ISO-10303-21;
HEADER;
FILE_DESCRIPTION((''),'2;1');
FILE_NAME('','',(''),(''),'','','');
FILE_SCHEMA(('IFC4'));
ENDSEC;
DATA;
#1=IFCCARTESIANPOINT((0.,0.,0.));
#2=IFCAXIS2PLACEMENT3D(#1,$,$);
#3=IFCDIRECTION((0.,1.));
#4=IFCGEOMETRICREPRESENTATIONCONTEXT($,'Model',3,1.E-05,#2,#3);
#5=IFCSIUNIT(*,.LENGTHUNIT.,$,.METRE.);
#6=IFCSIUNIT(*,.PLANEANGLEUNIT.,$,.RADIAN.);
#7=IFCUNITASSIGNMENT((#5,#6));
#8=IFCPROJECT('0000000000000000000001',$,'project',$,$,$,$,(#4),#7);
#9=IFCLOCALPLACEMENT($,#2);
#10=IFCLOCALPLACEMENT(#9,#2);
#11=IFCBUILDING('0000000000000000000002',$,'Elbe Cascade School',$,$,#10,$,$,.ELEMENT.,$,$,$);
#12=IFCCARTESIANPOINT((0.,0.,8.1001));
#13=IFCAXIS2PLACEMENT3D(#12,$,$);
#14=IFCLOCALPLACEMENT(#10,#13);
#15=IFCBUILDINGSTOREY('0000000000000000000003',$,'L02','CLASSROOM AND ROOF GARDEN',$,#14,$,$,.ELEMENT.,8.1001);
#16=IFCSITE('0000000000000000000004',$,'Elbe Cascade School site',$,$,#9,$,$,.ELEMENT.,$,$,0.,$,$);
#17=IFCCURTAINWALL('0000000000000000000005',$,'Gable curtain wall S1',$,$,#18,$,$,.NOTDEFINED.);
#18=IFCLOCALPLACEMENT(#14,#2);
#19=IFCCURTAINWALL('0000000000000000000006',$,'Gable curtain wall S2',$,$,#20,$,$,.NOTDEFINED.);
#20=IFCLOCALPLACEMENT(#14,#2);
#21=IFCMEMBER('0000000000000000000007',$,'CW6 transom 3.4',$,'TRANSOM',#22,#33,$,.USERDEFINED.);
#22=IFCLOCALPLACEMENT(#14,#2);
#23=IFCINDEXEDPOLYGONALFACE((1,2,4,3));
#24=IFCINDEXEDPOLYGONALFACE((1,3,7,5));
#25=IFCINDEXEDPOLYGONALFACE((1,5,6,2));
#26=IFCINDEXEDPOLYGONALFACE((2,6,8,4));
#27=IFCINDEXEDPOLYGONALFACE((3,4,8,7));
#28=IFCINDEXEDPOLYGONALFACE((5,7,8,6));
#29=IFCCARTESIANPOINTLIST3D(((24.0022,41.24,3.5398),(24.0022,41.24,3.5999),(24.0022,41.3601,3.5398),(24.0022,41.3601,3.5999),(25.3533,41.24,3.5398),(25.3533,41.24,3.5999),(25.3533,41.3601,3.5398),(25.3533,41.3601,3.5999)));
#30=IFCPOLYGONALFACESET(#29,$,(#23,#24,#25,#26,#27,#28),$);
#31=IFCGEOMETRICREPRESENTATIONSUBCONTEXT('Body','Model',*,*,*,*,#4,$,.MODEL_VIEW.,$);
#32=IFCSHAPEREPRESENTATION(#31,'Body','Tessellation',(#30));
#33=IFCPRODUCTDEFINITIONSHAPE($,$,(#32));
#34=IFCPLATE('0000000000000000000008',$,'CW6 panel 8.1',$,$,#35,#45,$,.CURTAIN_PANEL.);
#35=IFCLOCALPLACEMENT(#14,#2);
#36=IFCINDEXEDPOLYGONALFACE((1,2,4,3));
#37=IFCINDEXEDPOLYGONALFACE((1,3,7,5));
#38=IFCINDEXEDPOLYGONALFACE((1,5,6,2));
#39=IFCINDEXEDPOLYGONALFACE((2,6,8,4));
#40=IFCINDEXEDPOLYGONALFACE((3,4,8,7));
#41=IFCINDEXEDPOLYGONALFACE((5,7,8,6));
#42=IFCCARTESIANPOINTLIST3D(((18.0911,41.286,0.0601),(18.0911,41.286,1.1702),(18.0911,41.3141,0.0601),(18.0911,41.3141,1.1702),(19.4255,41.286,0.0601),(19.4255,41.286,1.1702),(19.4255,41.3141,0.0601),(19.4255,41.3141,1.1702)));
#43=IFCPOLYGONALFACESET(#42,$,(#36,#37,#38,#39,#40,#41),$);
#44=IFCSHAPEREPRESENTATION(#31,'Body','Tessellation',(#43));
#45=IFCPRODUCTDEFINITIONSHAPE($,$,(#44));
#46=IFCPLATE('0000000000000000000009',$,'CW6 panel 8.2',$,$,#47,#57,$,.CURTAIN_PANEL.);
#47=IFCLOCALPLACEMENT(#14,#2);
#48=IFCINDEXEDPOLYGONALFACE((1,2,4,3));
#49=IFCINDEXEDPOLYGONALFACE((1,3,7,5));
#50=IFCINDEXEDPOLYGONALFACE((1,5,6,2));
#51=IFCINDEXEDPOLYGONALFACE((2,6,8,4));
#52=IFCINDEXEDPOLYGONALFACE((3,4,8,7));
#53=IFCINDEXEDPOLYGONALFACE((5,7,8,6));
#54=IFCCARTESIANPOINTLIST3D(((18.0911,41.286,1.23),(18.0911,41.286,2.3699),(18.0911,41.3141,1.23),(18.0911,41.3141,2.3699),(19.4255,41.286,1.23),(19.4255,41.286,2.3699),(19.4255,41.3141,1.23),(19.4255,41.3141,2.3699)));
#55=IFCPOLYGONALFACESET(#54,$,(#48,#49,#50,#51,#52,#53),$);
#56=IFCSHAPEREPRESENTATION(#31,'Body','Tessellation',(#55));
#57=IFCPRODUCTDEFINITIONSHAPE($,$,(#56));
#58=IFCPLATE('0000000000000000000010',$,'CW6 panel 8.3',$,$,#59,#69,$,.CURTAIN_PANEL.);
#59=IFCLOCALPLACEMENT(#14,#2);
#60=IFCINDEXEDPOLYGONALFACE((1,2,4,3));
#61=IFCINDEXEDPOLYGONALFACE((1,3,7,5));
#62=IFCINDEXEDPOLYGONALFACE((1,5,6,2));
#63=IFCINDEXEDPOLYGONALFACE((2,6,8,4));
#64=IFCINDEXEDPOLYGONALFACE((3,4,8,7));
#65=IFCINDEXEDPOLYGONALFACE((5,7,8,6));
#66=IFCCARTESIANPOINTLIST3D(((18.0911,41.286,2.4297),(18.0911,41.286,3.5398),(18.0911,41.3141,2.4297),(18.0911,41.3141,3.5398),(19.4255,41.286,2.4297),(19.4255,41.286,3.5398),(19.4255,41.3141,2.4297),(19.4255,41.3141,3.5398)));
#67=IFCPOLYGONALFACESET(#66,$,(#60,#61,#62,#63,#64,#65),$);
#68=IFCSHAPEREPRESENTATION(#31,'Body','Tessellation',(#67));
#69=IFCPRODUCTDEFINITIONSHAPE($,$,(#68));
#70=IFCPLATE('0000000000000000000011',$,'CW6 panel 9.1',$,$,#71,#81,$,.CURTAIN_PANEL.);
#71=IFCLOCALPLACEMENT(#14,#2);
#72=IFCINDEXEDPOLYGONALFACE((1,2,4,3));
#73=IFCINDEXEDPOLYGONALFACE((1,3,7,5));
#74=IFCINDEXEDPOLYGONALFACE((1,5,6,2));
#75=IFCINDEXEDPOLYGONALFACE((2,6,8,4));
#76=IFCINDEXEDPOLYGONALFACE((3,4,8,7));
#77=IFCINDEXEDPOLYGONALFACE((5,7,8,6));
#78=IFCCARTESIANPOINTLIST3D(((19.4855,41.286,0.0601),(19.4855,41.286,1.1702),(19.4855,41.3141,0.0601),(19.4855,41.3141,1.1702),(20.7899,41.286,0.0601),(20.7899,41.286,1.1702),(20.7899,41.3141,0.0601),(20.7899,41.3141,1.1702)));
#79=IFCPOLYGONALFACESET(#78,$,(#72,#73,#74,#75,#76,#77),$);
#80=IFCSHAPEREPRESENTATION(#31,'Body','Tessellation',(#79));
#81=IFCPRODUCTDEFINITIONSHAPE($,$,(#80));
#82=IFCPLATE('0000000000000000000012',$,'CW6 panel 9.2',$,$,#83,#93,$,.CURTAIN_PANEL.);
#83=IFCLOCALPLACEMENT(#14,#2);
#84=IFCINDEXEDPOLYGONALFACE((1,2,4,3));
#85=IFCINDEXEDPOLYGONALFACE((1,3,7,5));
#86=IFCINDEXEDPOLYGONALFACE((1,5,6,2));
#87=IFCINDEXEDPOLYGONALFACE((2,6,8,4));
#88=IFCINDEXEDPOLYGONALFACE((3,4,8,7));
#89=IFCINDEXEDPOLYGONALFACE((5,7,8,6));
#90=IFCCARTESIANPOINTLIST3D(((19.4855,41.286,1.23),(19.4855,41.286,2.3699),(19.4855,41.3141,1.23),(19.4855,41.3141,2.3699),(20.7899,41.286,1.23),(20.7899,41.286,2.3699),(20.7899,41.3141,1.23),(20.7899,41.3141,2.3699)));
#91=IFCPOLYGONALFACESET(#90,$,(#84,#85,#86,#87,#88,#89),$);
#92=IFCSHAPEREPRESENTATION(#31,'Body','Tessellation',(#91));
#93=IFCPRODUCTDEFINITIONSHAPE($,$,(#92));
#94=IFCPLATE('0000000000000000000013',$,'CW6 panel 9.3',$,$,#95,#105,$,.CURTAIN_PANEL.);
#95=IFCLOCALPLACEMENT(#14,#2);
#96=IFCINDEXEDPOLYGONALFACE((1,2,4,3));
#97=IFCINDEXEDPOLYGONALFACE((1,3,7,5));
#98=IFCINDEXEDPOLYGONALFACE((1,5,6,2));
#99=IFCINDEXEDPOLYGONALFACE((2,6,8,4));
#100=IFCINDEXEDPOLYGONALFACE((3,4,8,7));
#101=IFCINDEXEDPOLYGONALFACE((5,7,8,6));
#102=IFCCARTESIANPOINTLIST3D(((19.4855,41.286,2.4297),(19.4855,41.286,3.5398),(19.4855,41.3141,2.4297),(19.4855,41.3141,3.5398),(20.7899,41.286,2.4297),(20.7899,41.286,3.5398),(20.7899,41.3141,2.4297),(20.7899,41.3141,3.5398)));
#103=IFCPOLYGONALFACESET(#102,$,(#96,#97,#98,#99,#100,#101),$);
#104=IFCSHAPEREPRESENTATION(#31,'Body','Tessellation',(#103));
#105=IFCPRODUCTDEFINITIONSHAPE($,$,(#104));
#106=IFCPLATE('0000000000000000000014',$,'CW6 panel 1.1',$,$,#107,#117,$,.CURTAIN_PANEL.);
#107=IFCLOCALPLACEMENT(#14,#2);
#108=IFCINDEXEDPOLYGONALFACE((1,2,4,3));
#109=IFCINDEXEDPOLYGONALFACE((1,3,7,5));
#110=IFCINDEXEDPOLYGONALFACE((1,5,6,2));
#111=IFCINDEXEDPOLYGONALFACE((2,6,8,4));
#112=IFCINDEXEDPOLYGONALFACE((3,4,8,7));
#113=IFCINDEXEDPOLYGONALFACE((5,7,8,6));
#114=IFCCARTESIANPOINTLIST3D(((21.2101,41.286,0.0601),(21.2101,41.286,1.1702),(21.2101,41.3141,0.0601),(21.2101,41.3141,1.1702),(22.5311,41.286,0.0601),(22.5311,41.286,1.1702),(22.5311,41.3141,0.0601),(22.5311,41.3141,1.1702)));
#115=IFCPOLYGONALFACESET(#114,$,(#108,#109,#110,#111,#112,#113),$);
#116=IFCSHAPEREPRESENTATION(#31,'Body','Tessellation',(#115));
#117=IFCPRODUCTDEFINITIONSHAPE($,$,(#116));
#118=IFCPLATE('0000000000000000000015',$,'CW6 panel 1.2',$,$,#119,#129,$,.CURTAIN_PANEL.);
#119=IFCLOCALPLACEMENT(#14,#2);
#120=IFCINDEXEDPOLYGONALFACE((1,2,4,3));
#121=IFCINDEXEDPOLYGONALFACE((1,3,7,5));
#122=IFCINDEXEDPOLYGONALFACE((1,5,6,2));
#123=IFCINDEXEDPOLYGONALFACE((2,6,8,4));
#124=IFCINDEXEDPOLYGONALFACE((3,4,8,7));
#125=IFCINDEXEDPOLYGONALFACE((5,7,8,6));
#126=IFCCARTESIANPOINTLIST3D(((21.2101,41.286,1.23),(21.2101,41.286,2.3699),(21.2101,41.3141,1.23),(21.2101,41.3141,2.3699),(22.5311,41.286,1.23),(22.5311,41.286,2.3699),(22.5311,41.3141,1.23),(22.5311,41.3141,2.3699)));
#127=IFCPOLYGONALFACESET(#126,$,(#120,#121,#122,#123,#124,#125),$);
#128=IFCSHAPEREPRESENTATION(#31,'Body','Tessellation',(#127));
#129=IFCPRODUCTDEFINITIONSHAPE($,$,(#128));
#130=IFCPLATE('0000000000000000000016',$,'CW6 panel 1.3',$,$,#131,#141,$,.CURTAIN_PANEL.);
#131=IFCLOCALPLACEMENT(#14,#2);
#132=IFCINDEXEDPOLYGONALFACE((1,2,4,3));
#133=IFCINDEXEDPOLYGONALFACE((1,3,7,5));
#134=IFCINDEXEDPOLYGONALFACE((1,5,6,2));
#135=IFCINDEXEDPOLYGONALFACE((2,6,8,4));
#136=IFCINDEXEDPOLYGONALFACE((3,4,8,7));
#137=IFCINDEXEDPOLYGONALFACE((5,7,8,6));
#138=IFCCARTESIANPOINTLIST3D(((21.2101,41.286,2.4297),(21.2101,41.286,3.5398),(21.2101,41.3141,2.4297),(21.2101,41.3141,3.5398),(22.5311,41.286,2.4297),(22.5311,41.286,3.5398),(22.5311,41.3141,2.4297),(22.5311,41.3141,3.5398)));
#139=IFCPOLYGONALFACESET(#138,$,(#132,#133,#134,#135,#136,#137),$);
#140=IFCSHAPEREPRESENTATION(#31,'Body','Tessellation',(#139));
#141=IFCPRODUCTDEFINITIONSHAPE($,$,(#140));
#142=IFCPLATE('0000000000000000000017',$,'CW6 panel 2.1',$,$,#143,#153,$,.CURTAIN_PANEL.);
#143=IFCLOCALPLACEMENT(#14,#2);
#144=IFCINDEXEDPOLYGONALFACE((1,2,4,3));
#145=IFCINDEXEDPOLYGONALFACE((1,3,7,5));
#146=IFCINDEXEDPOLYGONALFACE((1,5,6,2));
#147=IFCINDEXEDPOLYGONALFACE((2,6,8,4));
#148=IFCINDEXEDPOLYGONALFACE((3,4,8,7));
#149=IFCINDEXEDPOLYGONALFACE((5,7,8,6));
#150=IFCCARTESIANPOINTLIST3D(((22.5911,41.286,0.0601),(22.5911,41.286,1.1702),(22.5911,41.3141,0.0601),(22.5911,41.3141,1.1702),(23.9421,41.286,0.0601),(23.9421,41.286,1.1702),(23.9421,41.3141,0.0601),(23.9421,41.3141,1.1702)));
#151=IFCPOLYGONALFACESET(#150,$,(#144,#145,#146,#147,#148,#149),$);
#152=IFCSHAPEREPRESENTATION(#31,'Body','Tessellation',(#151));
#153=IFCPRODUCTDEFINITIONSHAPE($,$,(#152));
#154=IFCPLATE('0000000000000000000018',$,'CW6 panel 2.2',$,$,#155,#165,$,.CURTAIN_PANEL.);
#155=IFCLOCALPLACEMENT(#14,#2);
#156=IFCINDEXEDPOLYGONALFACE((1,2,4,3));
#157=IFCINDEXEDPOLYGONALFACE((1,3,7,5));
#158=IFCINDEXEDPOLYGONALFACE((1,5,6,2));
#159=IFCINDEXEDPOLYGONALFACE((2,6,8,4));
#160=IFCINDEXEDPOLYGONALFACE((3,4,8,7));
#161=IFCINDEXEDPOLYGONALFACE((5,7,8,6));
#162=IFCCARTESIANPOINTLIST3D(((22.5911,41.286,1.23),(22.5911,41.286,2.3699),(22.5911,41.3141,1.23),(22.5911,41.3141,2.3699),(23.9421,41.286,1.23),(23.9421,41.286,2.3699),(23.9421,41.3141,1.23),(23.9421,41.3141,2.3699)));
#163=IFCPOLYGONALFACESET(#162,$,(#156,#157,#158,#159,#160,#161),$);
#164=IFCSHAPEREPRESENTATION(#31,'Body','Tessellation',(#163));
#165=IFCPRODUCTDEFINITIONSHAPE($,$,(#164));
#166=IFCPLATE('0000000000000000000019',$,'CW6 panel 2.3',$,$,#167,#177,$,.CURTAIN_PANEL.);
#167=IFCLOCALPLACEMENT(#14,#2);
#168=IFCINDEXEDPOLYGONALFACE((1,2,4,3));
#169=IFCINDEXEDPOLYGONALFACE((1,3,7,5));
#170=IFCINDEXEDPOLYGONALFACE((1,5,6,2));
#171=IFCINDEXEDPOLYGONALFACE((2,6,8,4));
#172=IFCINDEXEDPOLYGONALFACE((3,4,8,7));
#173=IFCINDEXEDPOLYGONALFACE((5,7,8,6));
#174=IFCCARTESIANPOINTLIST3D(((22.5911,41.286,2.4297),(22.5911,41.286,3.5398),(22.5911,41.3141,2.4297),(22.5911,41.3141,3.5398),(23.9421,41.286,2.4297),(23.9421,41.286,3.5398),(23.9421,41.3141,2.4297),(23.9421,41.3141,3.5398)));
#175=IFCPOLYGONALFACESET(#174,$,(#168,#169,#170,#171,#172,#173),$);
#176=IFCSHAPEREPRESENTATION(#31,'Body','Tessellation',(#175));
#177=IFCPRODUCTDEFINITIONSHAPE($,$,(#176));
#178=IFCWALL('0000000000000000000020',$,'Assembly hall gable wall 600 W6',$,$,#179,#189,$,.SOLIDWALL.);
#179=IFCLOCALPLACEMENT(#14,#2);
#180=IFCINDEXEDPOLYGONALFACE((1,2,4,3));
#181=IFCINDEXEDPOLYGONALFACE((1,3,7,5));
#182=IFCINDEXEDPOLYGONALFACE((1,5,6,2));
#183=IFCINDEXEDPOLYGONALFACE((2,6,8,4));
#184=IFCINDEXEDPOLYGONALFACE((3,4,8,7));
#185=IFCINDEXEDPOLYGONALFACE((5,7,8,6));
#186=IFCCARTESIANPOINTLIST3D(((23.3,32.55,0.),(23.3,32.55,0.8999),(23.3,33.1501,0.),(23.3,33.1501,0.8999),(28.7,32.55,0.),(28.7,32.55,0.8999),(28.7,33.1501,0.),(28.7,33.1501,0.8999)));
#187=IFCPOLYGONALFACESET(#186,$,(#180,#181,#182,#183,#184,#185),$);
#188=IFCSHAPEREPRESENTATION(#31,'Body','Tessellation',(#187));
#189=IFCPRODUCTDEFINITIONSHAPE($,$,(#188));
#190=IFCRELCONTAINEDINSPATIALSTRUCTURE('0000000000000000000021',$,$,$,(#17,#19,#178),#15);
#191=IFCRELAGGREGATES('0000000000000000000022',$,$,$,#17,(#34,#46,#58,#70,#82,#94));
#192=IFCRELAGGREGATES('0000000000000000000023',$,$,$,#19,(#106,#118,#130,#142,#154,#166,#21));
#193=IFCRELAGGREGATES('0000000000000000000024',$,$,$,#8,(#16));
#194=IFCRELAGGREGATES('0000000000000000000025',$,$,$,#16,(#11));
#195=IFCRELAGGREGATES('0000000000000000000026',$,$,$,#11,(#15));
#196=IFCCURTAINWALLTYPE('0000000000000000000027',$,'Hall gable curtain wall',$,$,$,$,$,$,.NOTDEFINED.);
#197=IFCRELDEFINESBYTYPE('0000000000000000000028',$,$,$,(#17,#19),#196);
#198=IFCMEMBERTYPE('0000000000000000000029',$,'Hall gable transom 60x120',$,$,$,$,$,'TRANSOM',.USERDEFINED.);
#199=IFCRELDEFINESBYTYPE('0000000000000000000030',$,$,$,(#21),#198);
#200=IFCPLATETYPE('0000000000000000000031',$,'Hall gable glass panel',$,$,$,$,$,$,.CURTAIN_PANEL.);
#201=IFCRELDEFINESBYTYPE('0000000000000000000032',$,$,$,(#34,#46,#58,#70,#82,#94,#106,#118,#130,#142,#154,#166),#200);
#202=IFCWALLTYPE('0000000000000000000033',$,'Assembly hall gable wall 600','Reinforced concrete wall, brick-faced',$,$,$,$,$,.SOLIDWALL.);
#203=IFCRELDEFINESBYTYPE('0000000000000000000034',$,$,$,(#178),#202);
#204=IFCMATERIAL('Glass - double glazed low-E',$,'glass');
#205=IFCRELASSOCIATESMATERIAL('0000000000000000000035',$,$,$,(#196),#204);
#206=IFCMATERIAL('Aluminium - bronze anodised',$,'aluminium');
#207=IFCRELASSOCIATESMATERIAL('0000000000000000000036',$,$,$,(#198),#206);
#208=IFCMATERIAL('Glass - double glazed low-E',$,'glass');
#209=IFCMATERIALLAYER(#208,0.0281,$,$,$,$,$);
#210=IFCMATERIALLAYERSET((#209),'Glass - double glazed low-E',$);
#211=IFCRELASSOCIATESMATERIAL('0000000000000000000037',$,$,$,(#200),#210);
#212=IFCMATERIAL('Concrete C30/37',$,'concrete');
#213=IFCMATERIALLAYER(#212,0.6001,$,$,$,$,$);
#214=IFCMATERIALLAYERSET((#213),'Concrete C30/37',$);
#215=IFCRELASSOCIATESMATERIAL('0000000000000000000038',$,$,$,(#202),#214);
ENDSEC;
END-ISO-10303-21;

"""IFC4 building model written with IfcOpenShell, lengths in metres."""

from ifc_helpers import new_model, si_unit, direction, frame, frame_2d, origin, origin_2d, place, context, subcontext, project, spatial, rectangle, extrude, material, layer, layer_set, material_profile, profile_set, type_object, element, aggregate, save


model = new_model("IFC4")

# Units and contexts
model_context = context("Model", 3, precision=1e-05, world=origin(), true_north=direction((0.0, 1.0)))
body_context = subcontext(model_context, "Body", "Model", "MODEL_VIEW")
ifc_project = project(units=[si_unit("LENGTHUNIT", "METRE"), si_unit("PLANEANGLEUNIT", "RADIAN")], contexts=[model_context])

# Site, building, storey
site_placement = place(None, origin())
site = spatial("IfcSite", under=ifc_project, at=site_placement, Name="Elbe Cascade School site", CompositionType="ELEMENT", RefElevation=0.0)
building_placement = place(site_placement, origin())
building = spatial("IfcBuilding", under=site, at=building_placement, Name="Elbe Cascade School", CompositionType="ELEMENT")
storey_placement = place(building_placement, frame((0.0, 0.0, 8.1001)))
storey = spatial("IfcBuildingStorey", under=building, at=storey_placement, Name="L02", Description="CLASSROOM AND ROOF GARDEN", CompositionType="ELEMENT", Elevation=8.1001)

# Curtain walls
ifc_material_1 = material(Name="Glass - double glazed low-E", Category="glass")
curtain_wall_type = type_object("IfcCurtainWallType", Name="Hall gable curtain wall", PredefinedType="NOTDEFINED", material=ifc_material_1)
curtain_wall_1_placement = place(storey_placement, origin())
curtain_wall_1 = element("IfcCurtainWall", 1, at=curtain_wall_1_placement, inside=storey, type_object=curtain_wall_type, Name="Gable curtain wall S1", PredefinedType="NOTDEFINED")
curtain_wall_2_placement = place(storey_placement, origin())
curtain_wall_2 = element("IfcCurtainWall", 2, at=curtain_wall_2_placement, inside=storey, type_object=curtain_wall_type, Name="Gable curtain wall S2", PredefinedType="NOTDEFINED")

# Member
ifc_material_2 = material(Name="Aluminium - bronze anodised", Category="aluminium")
ifc_material_profile_1 = material_profile(ifc_material_2, rectangle(XDim=0.1201, YDim=0.0601, at=origin_2d()), Name="Alu 60x120")
ifc_profile_set_1 = profile_set([ifc_material_profile_1], Name="Aluminium - bronze anodised")
member_type_1 = type_object("IfcMemberType", Name="Hall gable transom 60x120", ElementType="TRANSOM", PredefinedType="USERDEFINED", material=ifc_profile_set_1)
member_1_placement = place(storey_placement, frame((24.0022, 41.3, 3.5698), z_axis=(1.0, 0.0, 0.0), x_axis=(0.0, 1.0, 0.0)))
member_1 = element("IfcMember", 3, at=member_1_placement, type_object=member_type_1, Name="CW6 transom 3.4", ObjectType="TRANSOM", PredefinedType="USERDEFINED", context=body_context, shape_type="SweptSolid", body=[
    extrude(rectangle(XDim=0.1201, YDim=0.0601, at=origin_2d()), origin(), (0.0, 0.0, 1.0), 1.3511),
])

# Plates
ifc_material_3 = material(Name="Glass - double glazed low-E", Category="glass")
ifc_layer_1 = layer(ifc_material_3, 0.0281)
ifc_layer_set_1 = layer_set([ifc_layer_1], Name="Glass - double glazed low-E")
plate_type = type_object("IfcPlateType", Name="Hall gable glass panel", PredefinedType="CURTAIN_PANEL", material=ifc_layer_set_1)
plate_1_placement = place(storey_placement, frame((18.7583, 41.3, 0.0601), z_axis=(0.0, 0.0, 1.0), x_axis=(1.0, 0.0, 0.0)))
plate_1 = element("IfcPlate", 4, at=plate_1_placement, type_object=plate_type, Name="CW6 panel 8.1", PredefinedType="CURTAIN_PANEL", context=body_context, shape_type="SweptSolid", body=[
    extrude(rectangle(XDim=1.3345, YDim=0.0281, at=origin_2d()), origin(), (0.0, 0.0, 1.0), 1.1101),
])
plate_2_placement = place(storey_placement, frame((18.7583, 41.3, 1.23), z_axis=(0.0, 0.0, 1.0), x_axis=(1.0, 0.0, 0.0)))
plate_2 = element("IfcPlate", 5, at=plate_2_placement, type_object=plate_type, Name="CW6 panel 8.2", PredefinedType="CURTAIN_PANEL", context=body_context, shape_type="SweptSolid", body=[
    extrude(rectangle(XDim=1.3345, YDim=0.0281, at=origin_2d()), origin(), (0.0, 0.0, 1.0), 1.1399),
])
plate_3_placement = place(storey_placement, frame((18.7583, 41.3, 2.4297), z_axis=(0.0, 0.0, 1.0), x_axis=(1.0, 0.0, 0.0)))
plate_3 = element("IfcPlate", 6, at=plate_3_placement, type_object=plate_type, Name="CW6 panel 8.3", PredefinedType="CURTAIN_PANEL", context=body_context, shape_type="SweptSolid", body=[
    extrude(rectangle(XDim=1.3345, YDim=0.0281, at=origin_2d()), origin(), (0.0, 0.0, 1.0), 1.1101),
])
plate_4_placement = place(storey_placement, frame((20.1377, 41.3, 0.0601), z_axis=(0.0, 0.0, 1.0), x_axis=(1.0, 0.0, 0.0)))
plate_4 = element("IfcPlate", 7, at=plate_4_placement, type_object=plate_type, Name="CW6 panel 9.1", PredefinedType="CURTAIN_PANEL", context=body_context, shape_type="SweptSolid", body=[
    extrude(rectangle(XDim=1.3044, YDim=0.0281, at=origin_2d()), origin(), (0.0, 0.0, 1.0), 1.1101),
])
plate_5_placement = place(storey_placement, frame((20.1377, 41.3, 1.23), z_axis=(0.0, 0.0, 1.0), x_axis=(1.0, 0.0, 0.0)))
plate_5 = element("IfcPlate", 8, at=plate_5_placement, type_object=plate_type, Name="CW6 panel 9.2", PredefinedType="CURTAIN_PANEL", context=body_context, shape_type="SweptSolid", body=[
    extrude(rectangle(XDim=1.3044, YDim=0.0281, at=origin_2d()), origin(), (0.0, 0.0, 1.0), 1.1399),
])
plate_6_placement = place(storey_placement, frame((20.1377, 41.3, 2.4297), z_axis=(0.0, 0.0, 1.0), x_axis=(1.0, 0.0, 0.0)))
plate_6 = element("IfcPlate", 9, at=plate_6_placement, type_object=plate_type, Name="CW6 panel 9.3", PredefinedType="CURTAIN_PANEL", context=body_context, shape_type="SweptSolid", body=[
    extrude(rectangle(XDim=1.3044, YDim=0.0281, at=origin_2d()), origin(), (0.0, 0.0, 1.0), 1.1101),
])
aggregate(curtain_wall_1, [plate_1, plate_2, plate_3, plate_4, plate_5, plate_6])
plate_7_placement = place(storey_placement, frame((21.8706, 41.3, 0.0601), z_axis=(0.0, 0.0, 1.0), x_axis=(1.0, 0.0, 0.0)))
plate_7 = element("IfcPlate", 10, at=plate_7_placement, type_object=plate_type, Name="CW6 panel 1.1", PredefinedType="CURTAIN_PANEL", context=body_context, shape_type="SweptSolid", body=[
    extrude(rectangle(XDim=1.321, YDim=0.0281, at=origin_2d()), origin(), (0.0, 0.0, 1.0), 1.1101),
])
plate_8_placement = place(storey_placement, frame((21.8706, 41.3, 1.23), z_axis=(0.0, 0.0, 1.0), x_axis=(1.0, 0.0, 0.0)))
plate_8 = element("IfcPlate", 11, at=plate_8_placement, type_object=plate_type, Name="CW6 panel 1.2", PredefinedType="CURTAIN_PANEL", context=body_context, shape_type="SweptSolid", body=[
    extrude(rectangle(XDim=1.321, YDim=0.0281, at=origin_2d()), origin(), (0.0, 0.0, 1.0), 1.1399),
])
plate_9_placement = place(storey_placement, frame((21.8706, 41.3, 2.4297), z_axis=(0.0, 0.0, 1.0), x_axis=(1.0, 0.0, 0.0)))
plate_9 = element("IfcPlate", 12, at=plate_9_placement, type_object=plate_type, Name="CW6 panel 1.3", PredefinedType="CURTAIN_PANEL", context=body_context, shape_type="SweptSolid", body=[
    extrude(rectangle(XDim=1.321, YDim=0.0281, at=origin_2d()), origin(), (0.0, 0.0, 1.0), 1.1101),
])
plate_10_placement = place(storey_placement, frame((23.2666, 41.3, 0.0601), z_axis=(0.0, 0.0, 1.0), x_axis=(1.0, 0.0, 0.0)))
plate_10 = element("IfcPlate", 13, at=plate_10_placement, type_object=plate_type, Name="CW6 panel 2.1", PredefinedType="CURTAIN_PANEL", context=body_context, shape_type="SweptSolid", body=[
    extrude(rectangle(XDim=1.3511, YDim=0.0281, at=origin_2d()), origin(), (0.0, 0.0, 1.0), 1.1101),
])
plate_11_placement = place(storey_placement, frame((23.2666, 41.3, 1.23), z_axis=(0.0, 0.0, 1.0), x_axis=(1.0, 0.0, 0.0)))
plate_11 = element("IfcPlate", 14, at=plate_11_placement, type_object=plate_type, Name="CW6 panel 2.2", PredefinedType="CURTAIN_PANEL", context=body_context, shape_type="SweptSolid", body=[
    extrude(rectangle(XDim=1.3511, YDim=0.0281, at=origin_2d()), origin(), (0.0, 0.0, 1.0), 1.1399),
])
plate_12_placement = place(storey_placement, frame((23.2666, 41.3, 2.4297), z_axis=(0.0, 0.0, 1.0), x_axis=(1.0, 0.0, 0.0)))
plate_12 = element("IfcPlate", 15, at=plate_12_placement, type_object=plate_type, Name="CW6 panel 2.3", PredefinedType="CURTAIN_PANEL", context=body_context, shape_type="SweptSolid", body=[
    extrude(rectangle(XDim=1.3511, YDim=0.0281, at=origin_2d()), origin(), (0.0, 0.0, 1.0), 1.1101),
])
aggregate(curtain_wall_2, [plate_7, plate_8, plate_9, plate_10, plate_11, plate_12, member_1])

# Wall
ifc_material_4 = material(Name="Concrete C30/37", Category="concrete")
ifc_layer_2 = layer(ifc_material_4, 0.6001)
ifc_layer_set_2 = layer_set([ifc_layer_2], Name="Concrete C30/37")
wall_type = type_object("IfcWallType", Name="Assembly hall gable wall 600", Description="Reinforced concrete wall, brick-faced", PredefinedType="SOLIDWALL", material=ifc_layer_set_2)
wall_placement = place(storey_placement, frame((23.3, 32.8501, 0.0), z_axis=(0.0, 0.0, 1.0), x_axis=(1.0, 0.0, 0.0)))
element("IfcWall", 16, at=wall_placement, inside=storey, type_object=wall_type, Name="Assembly hall gable wall 600 W6", PredefinedType="SOLIDWALL", context=body_context, shape_type="SweptSolid", body=[
    extrude(rectangle(XDim=5.3999, YDim=0.6001, at=frame_2d((2.7, 0.0))), origin(), (0.0, 0.0, 1.0), 0.8999),
])

save(model, "model.ifc")
